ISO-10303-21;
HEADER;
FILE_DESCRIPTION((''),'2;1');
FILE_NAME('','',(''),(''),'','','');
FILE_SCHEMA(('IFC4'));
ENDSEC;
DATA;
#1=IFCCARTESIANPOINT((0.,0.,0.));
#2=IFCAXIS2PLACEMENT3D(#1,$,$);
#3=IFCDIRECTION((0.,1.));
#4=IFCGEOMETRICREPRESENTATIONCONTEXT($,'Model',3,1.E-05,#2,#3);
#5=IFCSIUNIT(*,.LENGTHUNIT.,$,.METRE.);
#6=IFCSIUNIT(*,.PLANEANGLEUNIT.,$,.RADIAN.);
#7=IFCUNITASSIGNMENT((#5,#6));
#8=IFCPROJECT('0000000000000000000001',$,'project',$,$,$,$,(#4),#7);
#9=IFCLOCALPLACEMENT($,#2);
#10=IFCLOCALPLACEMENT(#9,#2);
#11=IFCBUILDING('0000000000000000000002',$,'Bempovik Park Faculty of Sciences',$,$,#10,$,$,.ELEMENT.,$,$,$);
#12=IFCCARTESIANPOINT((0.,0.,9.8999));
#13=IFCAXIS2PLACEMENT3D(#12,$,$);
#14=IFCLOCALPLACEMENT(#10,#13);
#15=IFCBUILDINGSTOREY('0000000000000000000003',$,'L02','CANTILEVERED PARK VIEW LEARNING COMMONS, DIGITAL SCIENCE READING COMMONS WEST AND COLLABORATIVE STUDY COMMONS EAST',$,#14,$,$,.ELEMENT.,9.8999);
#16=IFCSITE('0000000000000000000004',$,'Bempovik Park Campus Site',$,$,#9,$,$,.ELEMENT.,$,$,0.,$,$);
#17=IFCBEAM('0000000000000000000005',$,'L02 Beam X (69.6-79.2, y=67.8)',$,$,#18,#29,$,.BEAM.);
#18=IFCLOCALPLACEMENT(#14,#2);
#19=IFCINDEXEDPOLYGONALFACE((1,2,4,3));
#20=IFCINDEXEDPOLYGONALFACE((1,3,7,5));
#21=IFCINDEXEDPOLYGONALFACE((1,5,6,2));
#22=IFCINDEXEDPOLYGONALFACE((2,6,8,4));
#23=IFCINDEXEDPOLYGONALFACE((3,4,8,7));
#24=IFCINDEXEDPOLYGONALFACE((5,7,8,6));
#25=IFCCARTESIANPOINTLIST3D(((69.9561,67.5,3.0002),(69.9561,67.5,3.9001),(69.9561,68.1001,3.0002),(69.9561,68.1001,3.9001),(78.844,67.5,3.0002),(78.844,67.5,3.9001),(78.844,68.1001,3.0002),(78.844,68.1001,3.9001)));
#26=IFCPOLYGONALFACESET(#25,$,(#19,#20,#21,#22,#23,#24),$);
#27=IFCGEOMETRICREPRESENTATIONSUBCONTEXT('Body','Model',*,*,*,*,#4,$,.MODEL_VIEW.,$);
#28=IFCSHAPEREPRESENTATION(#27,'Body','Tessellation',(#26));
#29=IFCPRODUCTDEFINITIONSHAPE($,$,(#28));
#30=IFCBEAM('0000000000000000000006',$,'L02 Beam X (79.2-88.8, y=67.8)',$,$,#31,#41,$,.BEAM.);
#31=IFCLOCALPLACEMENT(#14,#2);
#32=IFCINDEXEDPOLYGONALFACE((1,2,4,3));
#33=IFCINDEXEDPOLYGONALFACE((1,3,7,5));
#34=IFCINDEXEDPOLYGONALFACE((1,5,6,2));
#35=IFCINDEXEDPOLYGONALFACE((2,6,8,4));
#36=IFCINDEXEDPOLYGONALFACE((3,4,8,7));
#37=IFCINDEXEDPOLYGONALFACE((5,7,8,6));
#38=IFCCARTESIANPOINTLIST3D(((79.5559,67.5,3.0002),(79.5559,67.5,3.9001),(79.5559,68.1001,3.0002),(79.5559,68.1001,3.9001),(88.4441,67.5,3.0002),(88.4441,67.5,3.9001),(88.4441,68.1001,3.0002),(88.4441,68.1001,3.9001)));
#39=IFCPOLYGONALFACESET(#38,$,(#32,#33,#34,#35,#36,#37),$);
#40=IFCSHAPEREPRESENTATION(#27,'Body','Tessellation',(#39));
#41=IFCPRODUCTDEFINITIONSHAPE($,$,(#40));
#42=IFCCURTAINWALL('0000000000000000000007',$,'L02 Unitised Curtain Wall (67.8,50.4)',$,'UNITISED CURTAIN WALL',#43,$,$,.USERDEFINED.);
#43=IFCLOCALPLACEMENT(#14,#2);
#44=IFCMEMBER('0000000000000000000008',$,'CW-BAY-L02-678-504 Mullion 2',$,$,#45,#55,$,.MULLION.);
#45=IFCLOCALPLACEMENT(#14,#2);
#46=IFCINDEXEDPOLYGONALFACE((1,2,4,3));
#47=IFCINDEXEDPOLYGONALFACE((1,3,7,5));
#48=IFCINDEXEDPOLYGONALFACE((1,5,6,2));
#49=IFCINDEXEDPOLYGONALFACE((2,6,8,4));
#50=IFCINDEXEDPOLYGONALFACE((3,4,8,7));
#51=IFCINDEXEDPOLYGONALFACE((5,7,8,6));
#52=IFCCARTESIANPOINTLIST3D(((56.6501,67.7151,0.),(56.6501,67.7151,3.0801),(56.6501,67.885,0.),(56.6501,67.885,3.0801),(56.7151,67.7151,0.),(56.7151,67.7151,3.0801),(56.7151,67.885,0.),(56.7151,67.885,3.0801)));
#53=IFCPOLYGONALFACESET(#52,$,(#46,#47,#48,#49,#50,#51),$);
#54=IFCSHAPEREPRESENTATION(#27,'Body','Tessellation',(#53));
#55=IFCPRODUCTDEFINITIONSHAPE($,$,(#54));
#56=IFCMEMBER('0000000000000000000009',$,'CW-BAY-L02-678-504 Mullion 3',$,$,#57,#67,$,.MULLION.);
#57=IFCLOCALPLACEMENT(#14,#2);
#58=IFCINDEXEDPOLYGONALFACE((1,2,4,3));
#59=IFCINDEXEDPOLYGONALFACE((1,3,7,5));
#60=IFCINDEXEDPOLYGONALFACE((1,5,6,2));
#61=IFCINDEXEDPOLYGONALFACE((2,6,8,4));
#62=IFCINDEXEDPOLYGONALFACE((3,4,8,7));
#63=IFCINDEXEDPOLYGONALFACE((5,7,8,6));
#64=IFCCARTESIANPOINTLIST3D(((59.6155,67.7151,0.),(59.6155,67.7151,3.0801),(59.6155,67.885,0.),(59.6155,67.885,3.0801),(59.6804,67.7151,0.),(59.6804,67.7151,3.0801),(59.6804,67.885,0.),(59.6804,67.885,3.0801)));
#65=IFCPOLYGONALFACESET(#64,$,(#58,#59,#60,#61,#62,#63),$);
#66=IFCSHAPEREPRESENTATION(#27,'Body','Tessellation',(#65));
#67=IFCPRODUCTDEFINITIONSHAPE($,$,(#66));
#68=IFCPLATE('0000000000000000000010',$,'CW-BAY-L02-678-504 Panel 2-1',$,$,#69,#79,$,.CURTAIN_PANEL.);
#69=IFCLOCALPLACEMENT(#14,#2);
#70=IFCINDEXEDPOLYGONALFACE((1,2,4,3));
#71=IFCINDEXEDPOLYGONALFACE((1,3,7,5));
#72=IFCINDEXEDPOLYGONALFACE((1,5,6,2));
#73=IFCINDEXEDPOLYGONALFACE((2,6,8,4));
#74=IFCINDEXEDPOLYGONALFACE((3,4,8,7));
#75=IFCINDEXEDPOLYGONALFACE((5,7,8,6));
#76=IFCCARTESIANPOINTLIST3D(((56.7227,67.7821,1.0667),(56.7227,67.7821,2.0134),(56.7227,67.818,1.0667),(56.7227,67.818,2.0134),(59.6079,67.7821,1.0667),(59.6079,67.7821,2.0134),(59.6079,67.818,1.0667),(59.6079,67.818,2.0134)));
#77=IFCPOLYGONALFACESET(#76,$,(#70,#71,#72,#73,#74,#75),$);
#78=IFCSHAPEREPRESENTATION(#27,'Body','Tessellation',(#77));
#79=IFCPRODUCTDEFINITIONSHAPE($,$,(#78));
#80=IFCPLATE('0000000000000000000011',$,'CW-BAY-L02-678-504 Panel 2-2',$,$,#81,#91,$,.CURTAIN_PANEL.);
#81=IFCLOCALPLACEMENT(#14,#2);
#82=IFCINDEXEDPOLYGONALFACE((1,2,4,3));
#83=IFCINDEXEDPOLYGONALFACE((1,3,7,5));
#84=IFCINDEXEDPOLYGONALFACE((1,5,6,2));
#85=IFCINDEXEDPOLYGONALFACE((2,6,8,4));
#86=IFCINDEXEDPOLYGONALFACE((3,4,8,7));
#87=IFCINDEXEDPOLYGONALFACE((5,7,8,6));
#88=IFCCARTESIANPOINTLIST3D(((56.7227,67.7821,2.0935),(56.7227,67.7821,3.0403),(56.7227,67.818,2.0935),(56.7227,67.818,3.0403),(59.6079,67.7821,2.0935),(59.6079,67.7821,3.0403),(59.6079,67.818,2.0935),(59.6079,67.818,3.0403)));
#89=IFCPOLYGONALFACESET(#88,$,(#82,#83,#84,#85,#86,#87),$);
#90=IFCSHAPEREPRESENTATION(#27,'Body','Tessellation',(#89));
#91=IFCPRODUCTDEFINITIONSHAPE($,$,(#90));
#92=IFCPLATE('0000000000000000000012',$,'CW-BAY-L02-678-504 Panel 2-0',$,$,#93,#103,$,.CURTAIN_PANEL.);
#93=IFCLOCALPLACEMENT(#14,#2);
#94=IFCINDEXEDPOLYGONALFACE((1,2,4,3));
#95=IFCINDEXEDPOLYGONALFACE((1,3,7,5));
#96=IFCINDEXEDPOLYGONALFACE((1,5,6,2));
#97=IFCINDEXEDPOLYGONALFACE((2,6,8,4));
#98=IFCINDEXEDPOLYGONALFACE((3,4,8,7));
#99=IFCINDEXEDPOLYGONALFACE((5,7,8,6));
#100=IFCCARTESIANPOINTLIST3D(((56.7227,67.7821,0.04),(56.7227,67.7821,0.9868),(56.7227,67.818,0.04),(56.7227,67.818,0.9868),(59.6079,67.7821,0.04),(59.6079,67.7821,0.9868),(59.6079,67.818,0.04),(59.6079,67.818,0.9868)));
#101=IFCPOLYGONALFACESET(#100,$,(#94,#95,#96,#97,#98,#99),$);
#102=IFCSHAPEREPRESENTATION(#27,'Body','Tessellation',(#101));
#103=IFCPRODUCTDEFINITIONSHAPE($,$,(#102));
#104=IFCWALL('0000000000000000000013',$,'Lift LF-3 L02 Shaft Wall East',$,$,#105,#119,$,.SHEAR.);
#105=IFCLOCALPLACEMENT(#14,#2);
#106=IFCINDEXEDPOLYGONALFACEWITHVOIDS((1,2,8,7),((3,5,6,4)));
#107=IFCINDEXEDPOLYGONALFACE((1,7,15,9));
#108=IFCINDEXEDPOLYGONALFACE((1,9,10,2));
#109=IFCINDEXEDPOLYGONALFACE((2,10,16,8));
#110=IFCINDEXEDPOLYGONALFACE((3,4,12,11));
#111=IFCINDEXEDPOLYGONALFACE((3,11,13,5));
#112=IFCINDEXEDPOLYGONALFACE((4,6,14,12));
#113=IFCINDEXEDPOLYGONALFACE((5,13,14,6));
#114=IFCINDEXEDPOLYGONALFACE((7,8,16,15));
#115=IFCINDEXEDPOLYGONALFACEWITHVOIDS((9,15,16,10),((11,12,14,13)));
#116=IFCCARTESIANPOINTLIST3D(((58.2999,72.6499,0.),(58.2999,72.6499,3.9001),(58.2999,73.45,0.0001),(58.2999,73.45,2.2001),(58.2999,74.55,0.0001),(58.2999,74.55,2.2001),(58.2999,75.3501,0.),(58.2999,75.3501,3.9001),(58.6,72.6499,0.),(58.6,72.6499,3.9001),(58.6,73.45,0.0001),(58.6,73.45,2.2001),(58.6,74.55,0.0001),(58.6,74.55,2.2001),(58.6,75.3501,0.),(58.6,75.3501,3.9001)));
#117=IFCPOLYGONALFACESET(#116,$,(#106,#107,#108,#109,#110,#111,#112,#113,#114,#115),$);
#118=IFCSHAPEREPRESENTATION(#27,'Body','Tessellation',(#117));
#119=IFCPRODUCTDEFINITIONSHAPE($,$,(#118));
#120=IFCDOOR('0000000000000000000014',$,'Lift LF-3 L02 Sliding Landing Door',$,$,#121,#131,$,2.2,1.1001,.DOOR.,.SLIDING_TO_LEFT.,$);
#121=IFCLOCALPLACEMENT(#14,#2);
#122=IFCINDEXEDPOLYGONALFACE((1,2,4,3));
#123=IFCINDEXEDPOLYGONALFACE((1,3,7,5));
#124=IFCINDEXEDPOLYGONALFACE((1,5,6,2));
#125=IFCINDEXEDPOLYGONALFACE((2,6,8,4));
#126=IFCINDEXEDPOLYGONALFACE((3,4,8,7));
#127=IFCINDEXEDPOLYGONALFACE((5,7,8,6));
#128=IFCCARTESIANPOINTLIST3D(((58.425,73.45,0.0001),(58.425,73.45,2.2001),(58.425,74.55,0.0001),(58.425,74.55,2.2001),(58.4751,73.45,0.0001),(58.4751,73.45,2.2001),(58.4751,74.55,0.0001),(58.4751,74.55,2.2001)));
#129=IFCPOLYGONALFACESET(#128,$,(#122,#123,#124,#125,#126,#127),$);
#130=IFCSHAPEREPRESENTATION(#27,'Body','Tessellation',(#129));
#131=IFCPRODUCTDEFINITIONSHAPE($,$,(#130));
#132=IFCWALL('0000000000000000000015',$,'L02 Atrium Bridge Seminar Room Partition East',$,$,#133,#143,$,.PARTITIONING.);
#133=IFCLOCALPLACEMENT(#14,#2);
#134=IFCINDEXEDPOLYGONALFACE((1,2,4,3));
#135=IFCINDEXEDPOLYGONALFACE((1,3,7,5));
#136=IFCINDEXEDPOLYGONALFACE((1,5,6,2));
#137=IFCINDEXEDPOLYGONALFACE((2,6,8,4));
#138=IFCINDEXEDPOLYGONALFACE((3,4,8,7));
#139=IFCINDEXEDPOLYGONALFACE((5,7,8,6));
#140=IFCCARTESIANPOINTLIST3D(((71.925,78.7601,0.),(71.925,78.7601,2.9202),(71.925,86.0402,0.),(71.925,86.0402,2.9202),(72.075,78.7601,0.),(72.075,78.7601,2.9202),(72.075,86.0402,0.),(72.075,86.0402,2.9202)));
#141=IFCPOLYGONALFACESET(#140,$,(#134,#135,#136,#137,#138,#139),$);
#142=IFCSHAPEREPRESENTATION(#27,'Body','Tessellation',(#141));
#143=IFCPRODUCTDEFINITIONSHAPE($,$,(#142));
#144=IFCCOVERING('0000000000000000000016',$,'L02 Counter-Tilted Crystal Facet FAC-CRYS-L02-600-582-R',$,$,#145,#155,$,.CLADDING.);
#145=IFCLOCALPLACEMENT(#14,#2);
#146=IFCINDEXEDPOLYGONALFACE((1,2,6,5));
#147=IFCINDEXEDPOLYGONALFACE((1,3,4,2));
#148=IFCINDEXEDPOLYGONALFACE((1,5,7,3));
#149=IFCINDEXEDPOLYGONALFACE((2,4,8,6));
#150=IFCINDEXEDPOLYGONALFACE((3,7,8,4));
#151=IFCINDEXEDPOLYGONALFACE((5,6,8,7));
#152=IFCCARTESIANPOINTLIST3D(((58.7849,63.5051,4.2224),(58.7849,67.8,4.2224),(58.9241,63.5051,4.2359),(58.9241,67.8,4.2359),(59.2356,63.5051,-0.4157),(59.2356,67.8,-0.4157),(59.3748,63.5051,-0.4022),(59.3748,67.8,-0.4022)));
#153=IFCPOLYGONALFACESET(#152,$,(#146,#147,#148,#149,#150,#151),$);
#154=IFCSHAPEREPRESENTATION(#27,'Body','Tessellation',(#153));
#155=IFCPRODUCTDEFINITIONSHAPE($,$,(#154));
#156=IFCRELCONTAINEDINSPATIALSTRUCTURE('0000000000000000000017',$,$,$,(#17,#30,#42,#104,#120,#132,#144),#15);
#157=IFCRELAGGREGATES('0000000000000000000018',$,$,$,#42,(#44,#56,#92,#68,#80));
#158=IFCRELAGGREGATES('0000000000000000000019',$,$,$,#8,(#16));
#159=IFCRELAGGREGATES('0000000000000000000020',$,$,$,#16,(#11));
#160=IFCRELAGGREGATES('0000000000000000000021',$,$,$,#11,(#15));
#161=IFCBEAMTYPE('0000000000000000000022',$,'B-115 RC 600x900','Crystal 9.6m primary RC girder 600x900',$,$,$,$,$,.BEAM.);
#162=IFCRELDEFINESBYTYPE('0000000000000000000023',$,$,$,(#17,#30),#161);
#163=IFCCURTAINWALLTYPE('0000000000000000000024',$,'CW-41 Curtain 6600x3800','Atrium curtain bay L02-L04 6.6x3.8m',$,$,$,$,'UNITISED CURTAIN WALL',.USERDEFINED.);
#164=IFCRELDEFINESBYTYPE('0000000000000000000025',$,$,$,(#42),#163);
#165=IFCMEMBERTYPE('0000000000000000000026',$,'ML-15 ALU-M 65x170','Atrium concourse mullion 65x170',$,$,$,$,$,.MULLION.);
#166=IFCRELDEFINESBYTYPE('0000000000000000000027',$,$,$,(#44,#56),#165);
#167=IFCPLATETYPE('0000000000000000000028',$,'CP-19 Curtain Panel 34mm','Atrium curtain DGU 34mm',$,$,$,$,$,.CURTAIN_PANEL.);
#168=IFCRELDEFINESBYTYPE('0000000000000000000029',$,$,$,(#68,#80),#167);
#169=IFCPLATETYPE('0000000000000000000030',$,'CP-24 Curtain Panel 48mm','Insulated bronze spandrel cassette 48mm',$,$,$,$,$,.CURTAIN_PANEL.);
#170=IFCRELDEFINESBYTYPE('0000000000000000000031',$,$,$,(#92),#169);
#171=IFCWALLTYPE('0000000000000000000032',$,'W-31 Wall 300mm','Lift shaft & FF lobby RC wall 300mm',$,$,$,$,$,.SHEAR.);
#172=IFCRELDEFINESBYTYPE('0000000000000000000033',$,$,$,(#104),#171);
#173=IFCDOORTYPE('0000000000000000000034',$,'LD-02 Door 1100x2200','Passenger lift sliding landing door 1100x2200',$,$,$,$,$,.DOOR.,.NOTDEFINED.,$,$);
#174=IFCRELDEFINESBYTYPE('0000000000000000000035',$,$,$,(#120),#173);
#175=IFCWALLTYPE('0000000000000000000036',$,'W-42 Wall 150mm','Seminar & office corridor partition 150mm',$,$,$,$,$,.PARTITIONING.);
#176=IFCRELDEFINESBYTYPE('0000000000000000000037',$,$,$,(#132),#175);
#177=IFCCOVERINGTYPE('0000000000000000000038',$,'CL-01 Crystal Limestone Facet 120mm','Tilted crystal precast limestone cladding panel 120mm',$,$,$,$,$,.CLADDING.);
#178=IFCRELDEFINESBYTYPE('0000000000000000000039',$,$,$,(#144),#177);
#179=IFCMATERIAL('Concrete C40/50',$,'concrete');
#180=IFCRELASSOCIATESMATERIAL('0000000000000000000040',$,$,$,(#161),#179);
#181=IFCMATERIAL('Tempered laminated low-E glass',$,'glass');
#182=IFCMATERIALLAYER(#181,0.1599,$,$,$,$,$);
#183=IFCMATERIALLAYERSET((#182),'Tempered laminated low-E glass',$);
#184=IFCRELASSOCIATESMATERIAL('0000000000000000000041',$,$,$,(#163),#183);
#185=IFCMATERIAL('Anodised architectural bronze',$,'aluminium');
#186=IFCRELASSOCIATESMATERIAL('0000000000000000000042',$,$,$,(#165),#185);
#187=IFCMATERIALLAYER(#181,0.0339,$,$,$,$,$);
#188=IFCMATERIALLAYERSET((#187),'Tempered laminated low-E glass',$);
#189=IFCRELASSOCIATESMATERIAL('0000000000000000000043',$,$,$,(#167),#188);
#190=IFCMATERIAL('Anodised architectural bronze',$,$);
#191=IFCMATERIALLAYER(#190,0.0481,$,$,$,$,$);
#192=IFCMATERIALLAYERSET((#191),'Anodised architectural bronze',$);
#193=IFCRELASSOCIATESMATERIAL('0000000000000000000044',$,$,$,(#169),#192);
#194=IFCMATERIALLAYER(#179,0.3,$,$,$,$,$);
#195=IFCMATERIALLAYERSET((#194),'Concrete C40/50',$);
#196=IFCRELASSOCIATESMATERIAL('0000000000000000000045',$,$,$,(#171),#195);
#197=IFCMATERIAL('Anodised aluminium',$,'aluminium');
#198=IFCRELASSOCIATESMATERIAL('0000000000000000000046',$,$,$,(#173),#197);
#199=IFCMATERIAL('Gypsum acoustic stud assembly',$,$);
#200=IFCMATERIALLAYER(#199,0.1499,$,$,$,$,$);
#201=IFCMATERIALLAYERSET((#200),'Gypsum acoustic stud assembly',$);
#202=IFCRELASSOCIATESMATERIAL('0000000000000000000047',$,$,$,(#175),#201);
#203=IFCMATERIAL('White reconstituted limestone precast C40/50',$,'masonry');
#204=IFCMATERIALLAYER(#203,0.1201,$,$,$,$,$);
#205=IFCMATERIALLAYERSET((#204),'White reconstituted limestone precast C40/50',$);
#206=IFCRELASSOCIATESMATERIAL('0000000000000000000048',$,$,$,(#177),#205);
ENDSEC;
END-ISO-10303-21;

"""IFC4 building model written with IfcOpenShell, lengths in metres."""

from ifc_helpers import new_model, si_unit, direction, frame, frame_2d, origin, origin_2d, place, context, subcontext, project, spatial, rectangle, extrude, material, layer, layer_set, material_profile, profile_set, type_object, element, fill, aggregate, save


model = new_model("IFC4")

# Units and contexts
model_context = context("Model", 3, precision=1e-05, world=origin(), true_north=direction((0.0, 1.0)))
body_context = subcontext(model_context, "Body", "Model", "MODEL_VIEW")
ifc_project = project(units=[si_unit("LENGTHUNIT", "METRE"), si_unit("PLANEANGLEUNIT", "RADIAN")], contexts=[model_context])

# Site, building, storey
site_placement = place(None, origin())
site = spatial("IfcSite", under=ifc_project, at=site_placement, Name="Bempovik Park Campus Site", CompositionType="ELEMENT", RefElevation=0.0)
building_placement = place(site_placement, origin())
building = spatial("IfcBuilding", under=site, at=building_placement, Name="Bempovik Park Faculty of Sciences", CompositionType="ELEMENT")
storey_placement = place(building_placement, frame((0.0, 0.0, 9.8999)))
storey = spatial("IfcBuildingStorey", under=building, at=storey_placement, Name="L02", Description="CANTILEVERED PARK VIEW LEARNING COMMONS, DIGITAL SCIENCE READING COMMONS WEST AND COLLABORATIVE STUDY COMMONS EAST", CompositionType="ELEMENT", Elevation=9.8999)

# Shared definitions
ifc_material_1 = material(Name="Concrete C40/50", Category="concrete")

# Beams
ifc_material_profile_1 = material_profile(ifc_material_1, rectangle(XDim=0.6001, YDim=0.8999, at=origin_2d()), Name="RC 600x900")
ifc_profile_set_1 = profile_set([ifc_material_profile_1], Name="Concrete C40/50")
beam_type_1 = type_object("IfcBeamType", Name="B-115 RC 600x900", Description="Crystal 9.6m primary RC girder 600x900", PredefinedType="BEAM", material=ifc_profile_set_1)
for number, where, z_axis, x_axis, name in (
    (1, (69.9561, 67.8, 3.4502), (1.0, 0.0, 0.0), (0.0, 1.0, 0.0), "L02 Beam X (69.6-79.2, y=67.8)"),
):
    element("IfcBeam", number, at=place(storey_placement, frame(where, z_axis=z_axis, x_axis=x_axis)), inside=storey, type_object=beam_type_1, Name=name, PredefinedType="BEAM", context=body_context, shape_type="SweptSolid", body=[
        extrude(rectangle(XDim=0.6001, YDim=0.8999, at=origin_2d()), origin(), (0.0, 0.0, 1.0), 8.8879),
    ])
beam_1_placement = place(storey_placement, frame((79.5559, 67.8, 3.4502), z_axis=(1.0, 0.0, 0.0), x_axis=(0.0, 1.0, 0.0)))
element("IfcBeam", 2, at=beam_1_placement, inside=storey, type_object=beam_type_1, Name="L02 Beam X (79.2-88.8, y=67.8)", PredefinedType="BEAM", context=body_context, shape_type="SweptSolid", body=[
    extrude(rectangle(XDim=0.6001, YDim=0.8999, at=origin_2d()), origin(), (0.0, 0.0, 1.0), 8.8882),
])

# Curtain wall, members, plates
ifc_material_2 = material(Name="Tempered laminated low-E glass", Category="glass")
ifc_layer_1 = layer(ifc_material_2, 0.1599)
ifc_layer_set_1 = layer_set([ifc_layer_1], Name="Tempered laminated low-E glass")
curtain_wall_type = type_object("IfcCurtainWallType", Name="CW-41 Curtain 6600x3800", Description="Atrium curtain bay L02-L04 6.6x3.8m", ElementType="UNITISED CURTAIN WALL", PredefinedType="USERDEFINED", material=ifc_layer_set_1)
curtain_wall_placement = place(storey_placement, origin())
curtain_wall = element("IfcCurtainWall", 3, at=curtain_wall_placement, inside=storey, type_object=curtain_wall_type, Name="L02 Unitised Curtain Wall (67.8,50.4)", ObjectType="UNITISED CURTAIN WALL", PredefinedType="USERDEFINED")
ifc_material_3 = material(Name="Anodised architectural bronze", Category="aluminium")
ifc_material_profile_2 = material_profile(ifc_material_3, rectangle(XDim=0.0649, YDim=0.1699, at=origin_2d()), Name="ALU-M 65x170")
ifc_profile_set_2 = profile_set([ifc_material_profile_2], Name="Anodised architectural bronze")
member_type = type_object("IfcMemberType", Name="ML-15 ALU-M 65x170", Description="Atrium concourse mullion 65x170", PredefinedType="MULLION", material=ifc_profile_set_2)
member_1_placement = place(storey_placement, frame((56.6826, 67.8, 0.0), z_axis=(0.0, 0.0, 1.0), x_axis=(1.0, 0.0, 0.0)))
member_1 = element("IfcMember", 4, at=member_1_placement, type_object=member_type, Name="CW-BAY-L02-678-504 Mullion 2", PredefinedType="MULLION", context=body_context, shape_type="SweptSolid", body=[
    extrude(rectangle(XDim=0.0649, YDim=0.1699, at=origin_2d()), origin(), (0.0, 0.0, 1.0), 3.0801),
])
member_2_placement = place(storey_placement, frame((59.6479, 67.8, 0.0), z_axis=(0.0, 0.0, 1.0), x_axis=(1.0, 0.0, 0.0)))
member_2 = element("IfcMember", 5, at=member_2_placement, type_object=member_type, Name="CW-BAY-L02-678-504 Mullion 3", PredefinedType="MULLION", context=body_context, shape_type="SweptSolid", body=[
    extrude(rectangle(XDim=0.0649, YDim=0.1699, at=origin_2d()), origin(), (0.0, 0.0, 1.0), 3.0801),
])
ifc_layer_2 = layer(ifc_material_2, 0.0339)
ifc_layer_set_2 = layer_set([ifc_layer_2], Name="Tempered laminated low-E glass")
plate_type_1 = type_object("IfcPlateType", Name="CP-19 Curtain Panel 34mm", Description="Atrium curtain DGU 34mm", PredefinedType="CURTAIN_PANEL", material=ifc_layer_set_2)
plate_1_placement = place(storey_placement, frame((58.1653, 67.8, 1.0667), z_axis=(0.0, 0.0, 1.0), x_axis=(1.0, 0.0, 0.0)))
plate_1 = element("IfcPlate", 6, at=plate_1_placement, type_object=plate_type_1, Name="CW-BAY-L02-678-504 Panel 2-1", PredefinedType="CURTAIN_PANEL", context=body_context, shape_type="SweptSolid", body=[
    extrude(rectangle(XDim=2.8853, YDim=0.0359, at=origin_2d()), origin(), (0.0, 0.0, 1.0), 0.9468),
])
plate_2_placement = place(storey_placement, frame((58.1653, 67.8, 2.0935), z_axis=(0.0, 0.0, 1.0), x_axis=(1.0, 0.0, 0.0)))
plate_2 = element("IfcPlate", 7, at=plate_2_placement, type_object=plate_type_1, Name="CW-BAY-L02-678-504 Panel 2-2", PredefinedType="CURTAIN_PANEL", context=body_context, shape_type="SweptSolid", body=[
    extrude(rectangle(XDim=2.8853, YDim=0.0359, at=origin_2d()), origin(), (0.0, 0.0, 1.0), 0.9468),
])
ifc_material_4 = material(Name="Anodised architectural bronze")
ifc_layer_3 = layer(ifc_material_4, 0.0481)
ifc_layer_set_3 = layer_set([ifc_layer_3], Name="Anodised architectural bronze")
plate_type_2 = type_object("IfcPlateType", Name="CP-24 Curtain Panel 48mm", Description="Insulated bronze spandrel cassette 48mm", PredefinedType="CURTAIN_PANEL", material=ifc_layer_set_3)
plate_3_placement = place(storey_placement, frame((58.1653, 67.8, 0.04), z_axis=(0.0, 0.0, 1.0), x_axis=(1.0, 0.0, 0.0)))
plate_3 = element("IfcPlate", 8, at=plate_3_placement, type_object=plate_type_2, Name="CW-BAY-L02-678-504 Panel 2-0", PredefinedType="CURTAIN_PANEL", context=body_context, shape_type="SweptSolid", body=[
    extrude(rectangle(XDim=2.8853, YDim=0.0359, at=origin_2d()), origin(), (0.0, 0.0, 1.0), 0.9468),
])
aggregate(curtain_wall, [member_1, member_2, plate_3, plate_1, plate_2])

# Wall, opening, door
ifc_layer_4 = layer(ifc_material_1, 0.3)
ifc_layer_set_4 = layer_set([ifc_layer_4], Name="Concrete C40/50")
wall_type_1 = type_object("IfcWallType", Name="W-31 Wall 300mm", Description="Lift shaft & FF lobby RC wall 300mm", PredefinedType="SHEAR", material=ifc_layer_set_4)
wall_1_placement = place(storey_placement, frame((58.45, 72.6499, 0.0), z_axis=(0.0, 0.0, 1.0), x_axis=(0.0, 1.0, 0.0)))
wall_1 = element("IfcWall", 9, at=wall_1_placement, inside=storey, type_object=wall_type_1, Name="Lift LF-3 L02 Shaft Wall East", PredefinedType="SHEAR", context=body_context, shape_type="SweptSolid", body=[
    extrude(rectangle(XDim=2.7002, YDim=0.3, at=frame_2d((1.3501, 0.0))), origin(), (0.0, 0.0, 1.0), 3.9001),
])
opening_placement = place(wall_1_placement, frame((0.8, 0.0, 0.0)))
opening = element("IfcOpeningElement", 10, at=opening_placement, cuts=wall_1, PredefinedType="OPENING", context=body_context, shape_type="SweptSolid", body=[
    extrude(rectangle(XDim=1.1001, YDim=2.2, at=frame_2d((0.55, 1.1001))), frame((0.0, 0.1602, 0.0), z_axis=(0.0, -1.0, 0.0), x_axis=(1.0, 0.0, 0.0)), (0.0, 0.0, 1.0), 0.3201),
])
ifc_material_5 = material(Name="Anodised aluminium", Category="aluminium")
door_type = type_object("IfcDoorType", Name="LD-02 Door 1100x2200", Description="Passenger lift sliding landing door 1100x2200", OperationType="NOTDEFINED", PredefinedType="DOOR", material=ifc_material_5)
door_placement = place(opening_placement, origin())
door = element("IfcDoor", 11, at=door_placement, inside=storey, type_object=door_type, Name="Lift LF-3 L02 Sliding Landing Door", OperationType="SLIDING_TO_LEFT", OverallHeight=2.2, OverallWidth=1.1001, PredefinedType="DOOR", context=body_context, shape_type="SweptSolid", body=[
    extrude(rectangle(XDim=1.1001, YDim=2.2, at=frame_2d((0.55, 1.1001))), frame((0.0, 0.0249, 0.0), z_axis=(0.0, -1.0, 0.0), x_axis=(1.0, 0.0, 0.0)), (0.0, 0.0, 1.0), 0.05),
])
fill(opening, door)

# Wall
ifc_material_6 = material(Name="Gypsum acoustic stud assembly")
ifc_layer_5 = layer(ifc_material_6, 0.1499)
ifc_layer_set_5 = layer_set([ifc_layer_5], Name="Gypsum acoustic stud assembly")
wall_type_2 = type_object("IfcWallType", Name="W-42 Wall 150mm", Description="Seminar & office corridor partition 150mm", PredefinedType="PARTITIONING", material=ifc_layer_set_5)
wall_2_placement = place(storey_placement, frame((72.0, 78.76, 0.0), z_axis=(0.0, 0.0, 1.0), x_axis=(0.0, 1.0, 0.0)))
element("IfcWall", 12, at=wall_2_placement, inside=storey, type_object=wall_type_2, Name="L02 Atrium Bridge Seminar Room Partition East", PredefinedType="PARTITIONING", context=body_context, shape_type="SweptSolid", body=[
    extrude(rectangle(XDim=7.28, YDim=0.1499, at=frame_2d((3.6401, 0.0))), origin(), (0.0, 0.0, 1.0), 2.9202),
])

# Covering
ifc_material_7 = material(Name="White reconstituted limestone precast C40/50", Category="masonry")
ifc_layer_6 = layer(ifc_material_7, 0.1201)
ifc_layer_set_6 = layer_set([ifc_layer_6], Name="White reconstituted limestone precast C40/50")
covering_type = type_object("IfcCoveringType", Name="CL-01 Crystal Limestone Facet 120mm", Description="Tilted crystal precast limestone cladding panel 120mm", PredefinedType="CLADDING", material=ifc_layer_set_6)
covering_placement = place(storey_placement, frame((59.3052, 65.6526, -0.4089), z_axis=(-0.096714, 0.0, 0.995312), x_axis=(0.0, 1.0, 0.0)))
element("IfcCovering", 13, at=covering_placement, inside=storey, type_object=covering_type, Name="L02 Counter-Tilted Crystal Facet FAC-CRYS-L02-600-582-R", PredefinedType="CLADDING", context=body_context, shape_type="SweptSolid", body=[
    extrude(rectangle(XDim=4.2949, YDim=0.1399, at=origin_2d()), origin(), (0.0, 0.0, 1.0), 4.6599),
])

save(model, "model.ifc")
